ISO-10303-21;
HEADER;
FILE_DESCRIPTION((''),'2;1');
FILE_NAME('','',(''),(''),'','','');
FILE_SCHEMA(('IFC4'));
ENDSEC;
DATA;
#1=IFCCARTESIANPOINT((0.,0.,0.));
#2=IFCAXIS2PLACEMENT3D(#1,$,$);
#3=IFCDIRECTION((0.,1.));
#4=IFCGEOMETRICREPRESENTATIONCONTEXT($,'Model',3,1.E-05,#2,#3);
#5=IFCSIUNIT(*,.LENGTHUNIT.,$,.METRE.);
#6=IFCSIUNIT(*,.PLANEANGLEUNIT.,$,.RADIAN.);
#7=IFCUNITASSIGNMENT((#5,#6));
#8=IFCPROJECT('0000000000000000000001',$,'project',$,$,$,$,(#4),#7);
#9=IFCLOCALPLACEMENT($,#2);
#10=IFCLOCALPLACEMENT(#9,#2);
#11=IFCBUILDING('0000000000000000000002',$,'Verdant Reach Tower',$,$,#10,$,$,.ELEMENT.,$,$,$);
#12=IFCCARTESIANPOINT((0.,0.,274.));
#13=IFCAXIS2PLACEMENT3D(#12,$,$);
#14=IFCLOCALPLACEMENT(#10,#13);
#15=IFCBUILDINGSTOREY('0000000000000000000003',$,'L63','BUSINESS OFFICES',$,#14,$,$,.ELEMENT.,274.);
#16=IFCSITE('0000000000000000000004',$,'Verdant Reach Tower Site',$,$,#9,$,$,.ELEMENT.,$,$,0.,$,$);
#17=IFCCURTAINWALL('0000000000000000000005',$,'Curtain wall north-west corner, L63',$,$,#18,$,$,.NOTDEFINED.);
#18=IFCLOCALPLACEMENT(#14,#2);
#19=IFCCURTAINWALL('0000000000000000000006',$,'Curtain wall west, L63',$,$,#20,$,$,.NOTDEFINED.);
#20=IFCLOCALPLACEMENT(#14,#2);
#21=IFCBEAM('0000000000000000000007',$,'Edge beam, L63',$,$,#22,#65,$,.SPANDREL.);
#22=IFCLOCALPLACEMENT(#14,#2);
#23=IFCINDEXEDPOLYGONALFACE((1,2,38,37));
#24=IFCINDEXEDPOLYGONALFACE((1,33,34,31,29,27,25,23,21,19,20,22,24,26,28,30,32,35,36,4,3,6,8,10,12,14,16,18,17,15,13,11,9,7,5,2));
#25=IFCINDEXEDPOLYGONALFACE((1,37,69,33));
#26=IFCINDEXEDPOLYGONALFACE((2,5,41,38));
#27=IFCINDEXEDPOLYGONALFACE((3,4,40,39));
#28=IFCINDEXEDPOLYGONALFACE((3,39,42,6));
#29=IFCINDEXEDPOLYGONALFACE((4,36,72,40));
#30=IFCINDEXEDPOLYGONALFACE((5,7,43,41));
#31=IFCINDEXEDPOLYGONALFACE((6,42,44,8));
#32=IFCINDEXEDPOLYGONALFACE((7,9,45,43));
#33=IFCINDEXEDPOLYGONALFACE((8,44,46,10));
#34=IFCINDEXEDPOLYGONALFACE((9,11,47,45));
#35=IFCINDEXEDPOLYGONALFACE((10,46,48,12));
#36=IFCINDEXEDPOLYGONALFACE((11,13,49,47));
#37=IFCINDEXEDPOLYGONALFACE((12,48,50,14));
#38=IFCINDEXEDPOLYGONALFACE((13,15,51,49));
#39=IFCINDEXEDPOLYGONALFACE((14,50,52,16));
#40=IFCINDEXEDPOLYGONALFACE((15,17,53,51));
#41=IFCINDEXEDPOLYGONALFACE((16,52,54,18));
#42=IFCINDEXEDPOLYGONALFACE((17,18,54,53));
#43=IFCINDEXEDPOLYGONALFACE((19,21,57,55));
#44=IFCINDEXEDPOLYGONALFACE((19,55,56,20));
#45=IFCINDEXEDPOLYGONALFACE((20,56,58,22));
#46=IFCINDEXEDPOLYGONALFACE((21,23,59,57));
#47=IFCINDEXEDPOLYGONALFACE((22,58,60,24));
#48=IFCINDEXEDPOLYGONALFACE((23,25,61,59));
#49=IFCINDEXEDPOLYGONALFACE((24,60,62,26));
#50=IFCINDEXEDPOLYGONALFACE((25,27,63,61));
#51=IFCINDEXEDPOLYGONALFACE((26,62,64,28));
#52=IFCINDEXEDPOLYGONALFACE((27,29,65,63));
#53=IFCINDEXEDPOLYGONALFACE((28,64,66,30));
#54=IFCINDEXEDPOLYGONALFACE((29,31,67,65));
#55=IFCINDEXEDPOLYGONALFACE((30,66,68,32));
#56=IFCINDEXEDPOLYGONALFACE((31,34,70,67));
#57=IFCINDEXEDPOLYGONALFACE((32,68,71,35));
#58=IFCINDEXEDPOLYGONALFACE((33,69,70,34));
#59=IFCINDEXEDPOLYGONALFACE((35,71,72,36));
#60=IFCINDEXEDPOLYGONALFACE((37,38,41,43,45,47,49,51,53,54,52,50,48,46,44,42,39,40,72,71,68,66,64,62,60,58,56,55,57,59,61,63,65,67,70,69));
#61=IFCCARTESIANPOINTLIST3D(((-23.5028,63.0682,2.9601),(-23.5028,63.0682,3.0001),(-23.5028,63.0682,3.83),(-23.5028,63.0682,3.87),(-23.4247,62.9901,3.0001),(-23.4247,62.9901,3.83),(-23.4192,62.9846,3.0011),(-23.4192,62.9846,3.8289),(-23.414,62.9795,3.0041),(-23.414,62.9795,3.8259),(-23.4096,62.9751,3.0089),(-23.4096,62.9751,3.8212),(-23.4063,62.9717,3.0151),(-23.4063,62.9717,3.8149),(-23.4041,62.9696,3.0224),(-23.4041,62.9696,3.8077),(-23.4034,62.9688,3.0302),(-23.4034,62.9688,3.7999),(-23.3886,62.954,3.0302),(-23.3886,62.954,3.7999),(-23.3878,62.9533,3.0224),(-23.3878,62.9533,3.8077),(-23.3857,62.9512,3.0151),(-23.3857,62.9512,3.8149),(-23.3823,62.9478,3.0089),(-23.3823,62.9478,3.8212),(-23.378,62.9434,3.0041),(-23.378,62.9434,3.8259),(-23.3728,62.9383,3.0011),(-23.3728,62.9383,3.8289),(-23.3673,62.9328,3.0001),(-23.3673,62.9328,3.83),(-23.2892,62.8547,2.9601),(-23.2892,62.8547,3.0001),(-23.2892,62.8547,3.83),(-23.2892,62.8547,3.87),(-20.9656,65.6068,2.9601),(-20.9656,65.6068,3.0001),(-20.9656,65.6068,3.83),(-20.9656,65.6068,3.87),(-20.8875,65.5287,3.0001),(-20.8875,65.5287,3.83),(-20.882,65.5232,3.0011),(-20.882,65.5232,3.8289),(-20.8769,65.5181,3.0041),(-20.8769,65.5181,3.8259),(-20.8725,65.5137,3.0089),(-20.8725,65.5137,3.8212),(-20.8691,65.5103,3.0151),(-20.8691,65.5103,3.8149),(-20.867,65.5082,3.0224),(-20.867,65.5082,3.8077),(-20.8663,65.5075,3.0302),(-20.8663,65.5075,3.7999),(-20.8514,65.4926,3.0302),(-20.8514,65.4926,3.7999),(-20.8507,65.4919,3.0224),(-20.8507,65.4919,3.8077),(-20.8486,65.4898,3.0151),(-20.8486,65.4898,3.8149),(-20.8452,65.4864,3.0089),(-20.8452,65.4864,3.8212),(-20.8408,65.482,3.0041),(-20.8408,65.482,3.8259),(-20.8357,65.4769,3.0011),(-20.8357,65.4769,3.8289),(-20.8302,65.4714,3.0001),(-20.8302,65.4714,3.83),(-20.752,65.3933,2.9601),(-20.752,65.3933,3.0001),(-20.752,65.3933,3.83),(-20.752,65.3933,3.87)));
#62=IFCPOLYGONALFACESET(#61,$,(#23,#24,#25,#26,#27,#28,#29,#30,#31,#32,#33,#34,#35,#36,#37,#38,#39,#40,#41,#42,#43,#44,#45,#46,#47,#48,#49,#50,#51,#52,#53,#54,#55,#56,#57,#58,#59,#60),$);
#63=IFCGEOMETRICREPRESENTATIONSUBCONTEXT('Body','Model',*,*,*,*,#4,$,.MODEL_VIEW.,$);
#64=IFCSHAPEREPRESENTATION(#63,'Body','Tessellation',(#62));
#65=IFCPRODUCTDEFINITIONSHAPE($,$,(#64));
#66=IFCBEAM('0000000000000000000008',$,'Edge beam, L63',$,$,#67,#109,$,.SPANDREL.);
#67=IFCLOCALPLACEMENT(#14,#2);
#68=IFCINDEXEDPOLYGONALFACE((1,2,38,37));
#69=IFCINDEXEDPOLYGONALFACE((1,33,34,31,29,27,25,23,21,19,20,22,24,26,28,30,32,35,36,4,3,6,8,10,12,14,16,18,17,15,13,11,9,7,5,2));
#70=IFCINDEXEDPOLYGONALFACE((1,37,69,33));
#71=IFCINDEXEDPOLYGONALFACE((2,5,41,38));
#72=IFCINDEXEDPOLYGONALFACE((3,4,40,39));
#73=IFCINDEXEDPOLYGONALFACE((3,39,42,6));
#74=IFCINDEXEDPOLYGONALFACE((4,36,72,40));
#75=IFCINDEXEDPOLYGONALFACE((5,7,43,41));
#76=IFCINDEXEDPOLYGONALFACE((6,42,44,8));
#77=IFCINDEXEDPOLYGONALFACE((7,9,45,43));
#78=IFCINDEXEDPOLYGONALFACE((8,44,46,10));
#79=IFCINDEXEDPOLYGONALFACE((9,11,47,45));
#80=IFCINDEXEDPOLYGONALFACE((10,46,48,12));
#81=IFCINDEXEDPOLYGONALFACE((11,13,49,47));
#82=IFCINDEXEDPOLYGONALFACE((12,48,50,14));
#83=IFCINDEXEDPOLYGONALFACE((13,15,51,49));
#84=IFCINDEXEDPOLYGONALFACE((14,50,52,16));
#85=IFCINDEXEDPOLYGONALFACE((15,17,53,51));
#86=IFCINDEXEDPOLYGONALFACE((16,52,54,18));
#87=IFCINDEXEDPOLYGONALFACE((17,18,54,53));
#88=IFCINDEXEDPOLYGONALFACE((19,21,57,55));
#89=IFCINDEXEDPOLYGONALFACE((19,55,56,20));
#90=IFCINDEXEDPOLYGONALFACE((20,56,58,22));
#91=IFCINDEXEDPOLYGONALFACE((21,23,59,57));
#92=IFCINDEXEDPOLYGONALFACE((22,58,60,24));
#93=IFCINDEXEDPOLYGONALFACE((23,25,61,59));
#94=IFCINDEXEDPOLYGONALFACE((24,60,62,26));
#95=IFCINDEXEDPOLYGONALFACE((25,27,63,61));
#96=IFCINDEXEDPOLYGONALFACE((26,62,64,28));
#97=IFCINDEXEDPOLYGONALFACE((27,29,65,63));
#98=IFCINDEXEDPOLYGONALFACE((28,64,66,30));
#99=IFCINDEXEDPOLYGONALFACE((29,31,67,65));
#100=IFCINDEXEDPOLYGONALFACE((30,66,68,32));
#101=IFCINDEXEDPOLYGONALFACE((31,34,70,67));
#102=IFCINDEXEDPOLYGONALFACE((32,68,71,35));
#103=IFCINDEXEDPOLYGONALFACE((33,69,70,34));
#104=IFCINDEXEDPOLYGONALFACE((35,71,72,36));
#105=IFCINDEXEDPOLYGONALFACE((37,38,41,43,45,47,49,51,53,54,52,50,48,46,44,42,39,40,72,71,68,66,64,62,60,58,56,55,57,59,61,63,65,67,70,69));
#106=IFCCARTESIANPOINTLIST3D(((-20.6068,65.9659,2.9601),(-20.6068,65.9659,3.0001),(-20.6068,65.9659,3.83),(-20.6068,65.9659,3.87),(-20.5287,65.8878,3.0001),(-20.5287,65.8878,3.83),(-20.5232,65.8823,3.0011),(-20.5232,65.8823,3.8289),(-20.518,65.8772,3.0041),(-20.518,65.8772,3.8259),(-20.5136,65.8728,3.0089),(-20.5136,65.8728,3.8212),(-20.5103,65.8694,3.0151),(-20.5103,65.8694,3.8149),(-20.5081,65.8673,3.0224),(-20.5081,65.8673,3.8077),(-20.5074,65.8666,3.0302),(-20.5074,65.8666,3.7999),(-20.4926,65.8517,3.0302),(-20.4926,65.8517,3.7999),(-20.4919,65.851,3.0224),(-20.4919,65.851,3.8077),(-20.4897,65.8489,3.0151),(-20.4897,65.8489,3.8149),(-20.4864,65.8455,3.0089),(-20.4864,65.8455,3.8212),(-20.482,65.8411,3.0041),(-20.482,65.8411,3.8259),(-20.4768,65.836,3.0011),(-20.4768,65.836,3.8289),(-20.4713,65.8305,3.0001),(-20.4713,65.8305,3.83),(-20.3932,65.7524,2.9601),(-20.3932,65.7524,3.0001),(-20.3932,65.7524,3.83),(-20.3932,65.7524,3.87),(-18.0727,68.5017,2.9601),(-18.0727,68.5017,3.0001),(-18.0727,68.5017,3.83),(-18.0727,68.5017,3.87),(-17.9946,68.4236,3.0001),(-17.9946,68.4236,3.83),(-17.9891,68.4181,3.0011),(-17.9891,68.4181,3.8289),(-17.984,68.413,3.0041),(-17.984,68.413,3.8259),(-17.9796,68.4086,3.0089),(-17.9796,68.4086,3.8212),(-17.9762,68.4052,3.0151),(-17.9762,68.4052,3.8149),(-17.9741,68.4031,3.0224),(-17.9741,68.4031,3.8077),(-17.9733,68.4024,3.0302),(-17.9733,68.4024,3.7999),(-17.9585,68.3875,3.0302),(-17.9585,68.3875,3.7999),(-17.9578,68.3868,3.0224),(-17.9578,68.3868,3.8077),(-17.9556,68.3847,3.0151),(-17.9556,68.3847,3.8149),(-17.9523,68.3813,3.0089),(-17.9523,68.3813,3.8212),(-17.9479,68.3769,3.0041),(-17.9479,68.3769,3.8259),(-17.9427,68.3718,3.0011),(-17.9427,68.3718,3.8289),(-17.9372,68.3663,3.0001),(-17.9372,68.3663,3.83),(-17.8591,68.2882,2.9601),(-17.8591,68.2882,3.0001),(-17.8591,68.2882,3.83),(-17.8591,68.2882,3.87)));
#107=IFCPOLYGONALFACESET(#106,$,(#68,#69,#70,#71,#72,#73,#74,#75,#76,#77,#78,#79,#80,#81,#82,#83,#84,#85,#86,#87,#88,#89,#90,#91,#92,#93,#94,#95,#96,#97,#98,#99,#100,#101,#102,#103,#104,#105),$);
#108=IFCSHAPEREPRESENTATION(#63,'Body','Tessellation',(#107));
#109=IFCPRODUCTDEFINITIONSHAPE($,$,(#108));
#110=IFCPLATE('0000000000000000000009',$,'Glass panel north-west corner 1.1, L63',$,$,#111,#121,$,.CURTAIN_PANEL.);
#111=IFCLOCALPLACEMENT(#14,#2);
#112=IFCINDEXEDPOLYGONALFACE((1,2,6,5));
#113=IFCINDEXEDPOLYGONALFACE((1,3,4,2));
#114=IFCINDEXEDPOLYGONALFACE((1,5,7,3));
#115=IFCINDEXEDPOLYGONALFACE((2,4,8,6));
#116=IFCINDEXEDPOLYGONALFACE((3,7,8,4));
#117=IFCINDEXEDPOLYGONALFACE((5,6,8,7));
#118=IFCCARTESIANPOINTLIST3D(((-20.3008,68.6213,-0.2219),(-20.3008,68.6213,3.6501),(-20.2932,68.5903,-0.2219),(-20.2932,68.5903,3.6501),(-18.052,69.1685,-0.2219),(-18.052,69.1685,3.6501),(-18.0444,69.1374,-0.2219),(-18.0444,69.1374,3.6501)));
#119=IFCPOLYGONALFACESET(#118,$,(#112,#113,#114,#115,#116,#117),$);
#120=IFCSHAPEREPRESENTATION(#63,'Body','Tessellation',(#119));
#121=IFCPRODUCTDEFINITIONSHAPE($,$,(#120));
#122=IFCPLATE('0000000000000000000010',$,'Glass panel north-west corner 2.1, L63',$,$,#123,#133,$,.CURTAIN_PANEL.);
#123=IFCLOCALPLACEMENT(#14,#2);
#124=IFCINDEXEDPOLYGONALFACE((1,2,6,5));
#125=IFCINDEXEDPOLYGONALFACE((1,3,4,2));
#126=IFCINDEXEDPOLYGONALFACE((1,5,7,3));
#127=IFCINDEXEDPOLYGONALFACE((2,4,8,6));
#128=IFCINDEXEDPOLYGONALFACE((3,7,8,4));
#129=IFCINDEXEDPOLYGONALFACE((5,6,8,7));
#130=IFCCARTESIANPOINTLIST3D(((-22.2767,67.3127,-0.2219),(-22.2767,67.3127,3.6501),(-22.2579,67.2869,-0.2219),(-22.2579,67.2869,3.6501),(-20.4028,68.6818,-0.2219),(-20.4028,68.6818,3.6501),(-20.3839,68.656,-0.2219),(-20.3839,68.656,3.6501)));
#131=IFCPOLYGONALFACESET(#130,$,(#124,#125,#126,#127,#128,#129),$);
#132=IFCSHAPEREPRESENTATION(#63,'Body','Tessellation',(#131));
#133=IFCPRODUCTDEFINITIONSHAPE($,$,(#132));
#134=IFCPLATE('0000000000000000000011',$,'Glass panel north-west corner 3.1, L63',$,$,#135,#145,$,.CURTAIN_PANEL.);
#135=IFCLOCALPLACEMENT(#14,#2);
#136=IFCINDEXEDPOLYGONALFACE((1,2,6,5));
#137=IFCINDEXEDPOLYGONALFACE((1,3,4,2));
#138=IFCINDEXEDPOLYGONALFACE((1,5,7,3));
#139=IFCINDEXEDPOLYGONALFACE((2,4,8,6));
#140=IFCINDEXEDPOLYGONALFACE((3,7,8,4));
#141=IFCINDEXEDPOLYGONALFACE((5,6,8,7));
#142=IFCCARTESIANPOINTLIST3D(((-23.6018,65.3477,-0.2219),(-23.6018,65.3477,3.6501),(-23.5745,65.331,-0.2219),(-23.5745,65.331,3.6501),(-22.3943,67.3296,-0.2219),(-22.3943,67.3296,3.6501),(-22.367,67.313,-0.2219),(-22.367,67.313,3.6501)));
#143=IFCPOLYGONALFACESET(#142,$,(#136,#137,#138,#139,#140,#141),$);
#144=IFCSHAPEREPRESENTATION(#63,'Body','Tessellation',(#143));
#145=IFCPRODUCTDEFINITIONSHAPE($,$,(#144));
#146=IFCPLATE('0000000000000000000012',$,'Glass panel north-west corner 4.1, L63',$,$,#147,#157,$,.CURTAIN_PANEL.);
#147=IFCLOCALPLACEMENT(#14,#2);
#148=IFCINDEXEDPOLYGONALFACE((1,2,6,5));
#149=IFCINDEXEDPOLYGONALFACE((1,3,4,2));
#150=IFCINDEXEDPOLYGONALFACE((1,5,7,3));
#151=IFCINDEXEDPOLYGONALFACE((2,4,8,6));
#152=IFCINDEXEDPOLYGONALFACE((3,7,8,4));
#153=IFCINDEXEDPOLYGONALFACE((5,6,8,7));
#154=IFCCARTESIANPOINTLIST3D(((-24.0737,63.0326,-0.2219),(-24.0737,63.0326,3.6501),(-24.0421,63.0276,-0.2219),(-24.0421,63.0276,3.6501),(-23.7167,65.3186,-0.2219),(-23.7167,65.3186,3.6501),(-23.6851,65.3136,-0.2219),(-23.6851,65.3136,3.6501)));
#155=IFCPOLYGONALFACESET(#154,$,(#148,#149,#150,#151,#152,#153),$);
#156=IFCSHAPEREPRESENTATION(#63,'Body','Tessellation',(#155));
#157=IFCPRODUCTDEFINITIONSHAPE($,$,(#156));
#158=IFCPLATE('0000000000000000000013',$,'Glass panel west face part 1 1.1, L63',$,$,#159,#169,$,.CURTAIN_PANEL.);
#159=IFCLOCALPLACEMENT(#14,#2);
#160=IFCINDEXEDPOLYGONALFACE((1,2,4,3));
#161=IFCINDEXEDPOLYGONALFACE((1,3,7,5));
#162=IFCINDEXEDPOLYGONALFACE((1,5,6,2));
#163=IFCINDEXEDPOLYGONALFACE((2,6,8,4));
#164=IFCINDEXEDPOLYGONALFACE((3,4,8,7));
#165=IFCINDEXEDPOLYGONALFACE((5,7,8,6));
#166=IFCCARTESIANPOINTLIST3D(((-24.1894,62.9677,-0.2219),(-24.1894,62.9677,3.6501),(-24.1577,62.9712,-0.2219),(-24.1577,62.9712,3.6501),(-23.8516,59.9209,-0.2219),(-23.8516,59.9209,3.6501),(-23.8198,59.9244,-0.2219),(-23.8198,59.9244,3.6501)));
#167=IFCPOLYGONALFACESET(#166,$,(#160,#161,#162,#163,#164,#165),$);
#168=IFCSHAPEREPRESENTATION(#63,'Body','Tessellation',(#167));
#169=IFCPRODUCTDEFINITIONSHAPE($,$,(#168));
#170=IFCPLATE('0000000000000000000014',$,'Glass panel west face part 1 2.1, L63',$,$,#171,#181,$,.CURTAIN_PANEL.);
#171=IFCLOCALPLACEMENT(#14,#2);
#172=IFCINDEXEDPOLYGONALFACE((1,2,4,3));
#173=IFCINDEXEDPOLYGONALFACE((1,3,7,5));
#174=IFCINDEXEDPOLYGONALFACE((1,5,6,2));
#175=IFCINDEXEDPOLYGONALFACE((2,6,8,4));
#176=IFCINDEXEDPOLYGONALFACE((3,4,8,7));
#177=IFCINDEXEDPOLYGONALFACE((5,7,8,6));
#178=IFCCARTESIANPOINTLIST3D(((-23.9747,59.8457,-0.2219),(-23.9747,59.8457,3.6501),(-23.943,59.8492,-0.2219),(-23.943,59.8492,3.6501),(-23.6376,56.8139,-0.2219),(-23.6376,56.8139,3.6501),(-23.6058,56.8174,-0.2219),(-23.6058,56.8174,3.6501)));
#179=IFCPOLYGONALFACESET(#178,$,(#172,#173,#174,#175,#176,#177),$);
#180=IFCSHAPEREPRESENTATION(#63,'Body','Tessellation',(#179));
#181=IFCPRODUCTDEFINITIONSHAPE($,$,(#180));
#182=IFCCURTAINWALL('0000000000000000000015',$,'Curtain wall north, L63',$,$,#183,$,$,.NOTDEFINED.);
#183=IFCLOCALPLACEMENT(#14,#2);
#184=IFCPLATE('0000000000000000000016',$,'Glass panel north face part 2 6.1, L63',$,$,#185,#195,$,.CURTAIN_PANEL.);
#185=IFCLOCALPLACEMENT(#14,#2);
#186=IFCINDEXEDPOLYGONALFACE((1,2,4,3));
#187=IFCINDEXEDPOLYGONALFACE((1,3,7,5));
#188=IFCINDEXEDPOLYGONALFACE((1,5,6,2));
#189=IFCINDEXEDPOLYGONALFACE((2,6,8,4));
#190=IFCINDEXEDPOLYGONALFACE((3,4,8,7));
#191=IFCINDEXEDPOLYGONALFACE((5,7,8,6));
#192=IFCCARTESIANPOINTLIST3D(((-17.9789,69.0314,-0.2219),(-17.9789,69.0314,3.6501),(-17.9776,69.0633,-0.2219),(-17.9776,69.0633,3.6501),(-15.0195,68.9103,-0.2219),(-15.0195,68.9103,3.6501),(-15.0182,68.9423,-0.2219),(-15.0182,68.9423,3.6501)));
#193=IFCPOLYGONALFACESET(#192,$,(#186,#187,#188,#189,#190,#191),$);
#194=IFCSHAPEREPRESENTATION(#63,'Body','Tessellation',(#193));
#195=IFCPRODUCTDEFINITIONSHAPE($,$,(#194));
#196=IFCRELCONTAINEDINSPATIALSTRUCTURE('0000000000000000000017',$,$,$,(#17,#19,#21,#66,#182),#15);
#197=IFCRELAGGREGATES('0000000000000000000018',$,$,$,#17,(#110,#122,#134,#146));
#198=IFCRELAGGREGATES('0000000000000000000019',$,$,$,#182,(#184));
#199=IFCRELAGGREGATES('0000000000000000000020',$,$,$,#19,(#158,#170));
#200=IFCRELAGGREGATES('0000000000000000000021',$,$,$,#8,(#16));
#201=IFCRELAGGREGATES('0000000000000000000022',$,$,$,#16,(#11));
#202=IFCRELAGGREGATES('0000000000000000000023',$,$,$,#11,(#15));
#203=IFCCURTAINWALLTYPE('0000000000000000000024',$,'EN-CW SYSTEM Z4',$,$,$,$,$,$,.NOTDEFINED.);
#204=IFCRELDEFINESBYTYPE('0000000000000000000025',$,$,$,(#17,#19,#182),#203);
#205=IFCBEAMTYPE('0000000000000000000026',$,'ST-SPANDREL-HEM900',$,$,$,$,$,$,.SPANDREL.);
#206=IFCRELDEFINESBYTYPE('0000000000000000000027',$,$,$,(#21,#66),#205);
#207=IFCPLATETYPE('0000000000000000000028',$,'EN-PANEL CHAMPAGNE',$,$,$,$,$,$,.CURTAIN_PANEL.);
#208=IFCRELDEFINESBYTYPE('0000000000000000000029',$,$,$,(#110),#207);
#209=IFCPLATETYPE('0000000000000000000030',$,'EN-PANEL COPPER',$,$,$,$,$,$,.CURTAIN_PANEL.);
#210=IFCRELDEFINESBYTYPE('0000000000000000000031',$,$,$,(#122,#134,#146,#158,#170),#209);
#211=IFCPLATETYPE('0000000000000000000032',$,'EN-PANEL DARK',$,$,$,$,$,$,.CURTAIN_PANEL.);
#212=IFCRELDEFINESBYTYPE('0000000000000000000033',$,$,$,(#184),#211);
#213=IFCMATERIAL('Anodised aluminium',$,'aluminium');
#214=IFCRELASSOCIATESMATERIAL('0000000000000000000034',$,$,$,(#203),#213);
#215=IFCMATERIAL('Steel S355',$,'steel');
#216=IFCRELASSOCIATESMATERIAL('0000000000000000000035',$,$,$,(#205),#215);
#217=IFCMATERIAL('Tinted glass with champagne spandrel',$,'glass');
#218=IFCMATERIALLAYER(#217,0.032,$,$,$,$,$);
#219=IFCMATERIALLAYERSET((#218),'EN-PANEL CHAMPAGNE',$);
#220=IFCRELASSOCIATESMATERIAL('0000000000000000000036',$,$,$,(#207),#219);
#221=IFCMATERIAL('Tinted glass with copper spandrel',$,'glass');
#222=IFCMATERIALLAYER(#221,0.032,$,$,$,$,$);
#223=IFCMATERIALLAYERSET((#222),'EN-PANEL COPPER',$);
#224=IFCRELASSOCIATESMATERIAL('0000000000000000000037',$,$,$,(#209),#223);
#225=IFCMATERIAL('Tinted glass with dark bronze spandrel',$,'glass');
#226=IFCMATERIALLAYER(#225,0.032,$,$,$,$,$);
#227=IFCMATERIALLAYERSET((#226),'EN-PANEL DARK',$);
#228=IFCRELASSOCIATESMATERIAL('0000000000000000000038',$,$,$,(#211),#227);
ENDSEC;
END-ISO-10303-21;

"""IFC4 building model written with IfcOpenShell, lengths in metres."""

from ifc_helpers import new_model, si_unit, direction, frame, origin, origin_2d, place, context, subcontext, project, spatial, rectangle, i_section, extrude, material, layer, layer_set, material_profile, profile_set, type_object, element, aggregate, save


model = new_model("IFC4")

# Units and contexts
model_context = context("Model", 3, precision=1e-05, world=origin(), true_north=direction((0.0, 1.0)))
body_context = subcontext(model_context, "Body", "Model", "MODEL_VIEW")
ifc_project = project(units=[si_unit("LENGTHUNIT", "METRE"), si_unit("PLANEANGLEUNIT", "RADIAN")], contexts=[model_context])

# Site, building, storey
site_placement = place(None, origin())
site = spatial("IfcSite", under=ifc_project, at=site_placement, Name="Verdant Reach Tower Site", CompositionType="ELEMENT", RefElevation=0.0)
building_placement = place(site_placement, origin())
building = spatial("IfcBuilding", under=site, at=building_placement, Name="Verdant Reach Tower", CompositionType="ELEMENT")
storey_placement = place(building_placement, frame((0.0, 0.0, 274.0)))
storey = spatial("IfcBuildingStorey", under=building, at=storey_placement, Name="L63", Description="BUSINESS OFFICES", CompositionType="ELEMENT", Elevation=274.0)

# Curtain walls
ifc_material_1 = material(Name="Anodised aluminium", Category="aluminium")
curtain_wall_type = type_object("IfcCurtainWallType", Name="EN-CW SYSTEM Z4", PredefinedType="NOTDEFINED", material=ifc_material_1)
curtain_wall_1_placement = place(storey_placement, origin())
curtain_wall_1 = element("IfcCurtainWall", 1, at=curtain_wall_1_placement, inside=storey, type_object=curtain_wall_type, Name="Curtain wall north-west corner, L63", PredefinedType="NOTDEFINED")
curtain_wall_2_placement = place(storey_placement, origin())
curtain_wall_2 = element("IfcCurtainWall", 2, at=curtain_wall_2_placement, inside=storey, type_object=curtain_wall_type, Name="Curtain wall west, L63", PredefinedType="NOTDEFINED")

# Beams
ifc_material_2 = material(Name="Steel S355", Category="steel")
ifc_material_profile_1 = material_profile(ifc_material_2, i_section(OverallWidth=0.302, OverallDepth=0.9099, WebThickness=0.021, FlangeThickness=0.04, FilletRadius=0.03, at=origin_2d()), Name="HEM 900")
ifc_profile_set_1 = profile_set([ifc_material_profile_1], Name="Steel S355")
beam_type_1 = type_object("IfcBeamType", Name="ST-SPANDREL-HEM900", PredefinedType="SPANDREL", material=ifc_profile_set_1)
beam_1_placement = place(storey_placement, frame((-23.396, 62.9614, 3.415), z_axis=(0.706903, 0.707311, 0.0), x_axis=(-0.707311, 0.706903, 0.0)))
element("IfcBeam", 3, at=beam_1_placement, inside=storey, type_object=beam_type_1, Name="Edge beam, L63", PredefinedType="SPANDREL", context=body_context, shape_type="SweptSolid", body=[
    extrude(i_section(OverallWidth=0.302, OverallDepth=0.9099, WebThickness=0.021, FlangeThickness=0.04, FilletRadius=0.03, at=origin_2d()), origin(), (0.0, 0.0, 1.0), 3.5891),
])
beam_2_placement = place(storey_placement, frame((-20.5, 65.8591, 3.415), z_axis=(0.706868, 0.707345, 0.0), x_axis=(-0.707345, 0.706868, 0.0)))
element("IfcBeam", 4, at=beam_2_placement, inside=storey, type_object=beam_type_1, Name="Edge beam, L63", PredefinedType="SPANDREL", context=body_context, shape_type="SweptSolid", body=[
    extrude(i_section(OverallWidth=0.302, OverallDepth=0.9099, WebThickness=0.021, FlangeThickness=0.04, FilletRadius=0.03, at=origin_2d()), origin(), (0.0, 0.0, 1.0), 3.585),
])

# Plates
ifc_material_3 = material(Name="Tinted glass with champagne spandrel", Category="glass")
ifc_layer_1 = layer(ifc_material_3, 0.032)
ifc_layer_set_1 = layer_set([ifc_layer_1], Name="EN-PANEL CHAMPAGNE")
plate_type_1 = type_object("IfcPlateType", Name="EN-PANEL CHAMPAGNE", PredefinedType="CURTAIN_PANEL", material=ifc_layer_set_1)
plate_1_placement = place(storey_placement, frame((-19.1726, 68.8794, -0.2219), z_axis=(0.0, 0.0, 1.0), x_axis=(-0.971652, -0.236414, 0.0)))
plate_1 = element("IfcPlate", 5, at=plate_1_placement, type_object=plate_type_1, Name="Glass panel north-west corner 1.1, L63", PredefinedType="CURTAIN_PANEL", context=body_context, shape_type="SweptSolid", body=[
    extrude(rectangle(XDim=2.3145, YDim=0.032, at=origin_2d()), origin(), (0.0, 0.0, 1.0), 3.8721),
])
ifc_material_4 = material(Name="Tinted glass with copper spandrel", Category="glass")
ifc_layer_2 = layer(ifc_material_4, 0.032)
ifc_layer_set_2 = layer_set([ifc_layer_2], Name="EN-PANEL COPPER")
plate_type_2 = type_object("IfcPlateType", Name="EN-PANEL COPPER", PredefinedType="CURTAIN_PANEL", material=ifc_layer_set_2)
plate_2_placement = place(storey_placement, frame((-21.3303, 67.9844, -0.2219), z_axis=(0.0, 0.0, 1.0), x_axis=(-0.807457, -0.589927, 0.0)))
plate_2 = element("IfcPlate", 6, at=plate_2_placement, type_object=plate_type_2, Name="Glass panel north-west corner 2.1, L63", PredefinedType="CURTAIN_PANEL", context=body_context, shape_type="SweptSolid", body=[
    extrude(rectangle(XDim=2.3208, YDim=0.032, at=origin_2d()), origin(), (0.0, 0.0, 1.0), 3.8721),
])
plate_3_placement = place(storey_placement, frame((-22.9844, 66.3303, -0.2219), z_axis=(0.0, 0.0, 1.0), x_axis=(-0.520292, -0.853989, 0.0)))
plate_3 = element("IfcPlate", 7, at=plate_3_placement, type_object=plate_type_2, Name="Glass panel north-west corner 3.1, L63", PredefinedType="CURTAIN_PANEL", context=body_context, shape_type="SweptSolid", body=[
    extrude(rectangle(XDim=2.3208, YDim=0.032, at=origin_2d()), origin(), (0.0, 0.0, 1.0), 3.8721),
])
plate_4_placement = place(storey_placement, frame((-23.8794, 64.1731, -0.2219), z_axis=(0.0, 0.0, 1.0), x_axis=(-0.154325, -0.98802, 0.0)))
plate_4 = element("IfcPlate", 8, at=plate_4_placement, type_object=plate_type_2, Name="Glass panel north-west corner 4.1, L63", PredefinedType="CURTAIN_PANEL", context=body_context, shape_type="SweptSolid", body=[
    extrude(rectangle(XDim=2.3137, YDim=0.032, at=origin_2d()), origin(), (0.0, 0.0, 1.0), 3.8721),
])
aggregate(curtain_wall_1, [plate_1, plate_2, plate_3, plate_4])
plate_5_placement = place(storey_placement, frame((-24.0046, 61.446, -0.2219), z_axis=(0.0, 0.0, 1.0), x_axis=(0.110206, -0.993909, 0.0)))
plate_5 = element("IfcPlate", 9, at=plate_5_placement, type_object=plate_type_2, Name="Glass panel west face part 1 1.1, L63", PredefinedType="CURTAIN_PANEL", context=body_context, shape_type="SweptSolid", body=[
    extrude(rectangle(XDim=3.0654, YDim=0.032, at=origin_2d()), origin(), (0.0, 0.0, 1.0), 3.8721),
])
plate_6_placement = place(storey_placement, frame((-23.7903, 58.3315, -0.2219), z_axis=(0.0, 0.0, 1.0), x_axis=(0.110518, -0.993874, 0.0)))
plate_6 = element("IfcPlate", 10, at=plate_6_placement, type_object=plate_type_2, Name="Glass panel west face part 1 2.1, L63", PredefinedType="CURTAIN_PANEL", context=body_context, shape_type="SweptSolid", body=[
    extrude(rectangle(XDim=3.0505, YDim=0.032, at=origin_2d()), origin(), (0.0, 0.0, 1.0), 3.8721),
])

# Curtain wall, plate
curtain_wall_3_placement = place(storey_placement, origin())
curtain_wall_3 = element("IfcCurtainWall", 11, at=curtain_wall_3_placement, inside=storey, type_object=curtain_wall_type, Name="Curtain wall north, L63", PredefinedType="NOTDEFINED")
ifc_material_5 = material(Name="Tinted glass with dark bronze spandrel", Category="glass")
ifc_layer_3 = layer(ifc_material_5, 0.032)
ifc_layer_set_3 = layer_set([ifc_layer_3], Name="EN-PANEL DARK")
plate_type_3 = type_object("IfcPlateType", Name="EN-PANEL DARK", PredefinedType="CURTAIN_PANEL", material=ifc_layer_set_3)
plate_7_placement = place(storey_placement, frame((-16.4985, 68.9868, -0.2219), z_axis=(0.0, 0.0, 1.0), x_axis=(-0.999164, 0.040881, 0.0)))
plate_7 = element("IfcPlate", 12, at=plate_7_placement, type_object=plate_type_3, Name="Glass panel north face part 2 6.1, L63", PredefinedType="CURTAIN_PANEL", context=body_context, shape_type="SweptSolid", body=[
    extrude(rectangle(XDim=2.9619, YDim=0.032, at=origin_2d()), origin(), (0.0, 0.0, 1.0), 3.8721),
])
aggregate(curtain_wall_3, [plate_7])

aggregate(curtain_wall_2, [plate_5, plate_6])

save(model, "model.ifc")
